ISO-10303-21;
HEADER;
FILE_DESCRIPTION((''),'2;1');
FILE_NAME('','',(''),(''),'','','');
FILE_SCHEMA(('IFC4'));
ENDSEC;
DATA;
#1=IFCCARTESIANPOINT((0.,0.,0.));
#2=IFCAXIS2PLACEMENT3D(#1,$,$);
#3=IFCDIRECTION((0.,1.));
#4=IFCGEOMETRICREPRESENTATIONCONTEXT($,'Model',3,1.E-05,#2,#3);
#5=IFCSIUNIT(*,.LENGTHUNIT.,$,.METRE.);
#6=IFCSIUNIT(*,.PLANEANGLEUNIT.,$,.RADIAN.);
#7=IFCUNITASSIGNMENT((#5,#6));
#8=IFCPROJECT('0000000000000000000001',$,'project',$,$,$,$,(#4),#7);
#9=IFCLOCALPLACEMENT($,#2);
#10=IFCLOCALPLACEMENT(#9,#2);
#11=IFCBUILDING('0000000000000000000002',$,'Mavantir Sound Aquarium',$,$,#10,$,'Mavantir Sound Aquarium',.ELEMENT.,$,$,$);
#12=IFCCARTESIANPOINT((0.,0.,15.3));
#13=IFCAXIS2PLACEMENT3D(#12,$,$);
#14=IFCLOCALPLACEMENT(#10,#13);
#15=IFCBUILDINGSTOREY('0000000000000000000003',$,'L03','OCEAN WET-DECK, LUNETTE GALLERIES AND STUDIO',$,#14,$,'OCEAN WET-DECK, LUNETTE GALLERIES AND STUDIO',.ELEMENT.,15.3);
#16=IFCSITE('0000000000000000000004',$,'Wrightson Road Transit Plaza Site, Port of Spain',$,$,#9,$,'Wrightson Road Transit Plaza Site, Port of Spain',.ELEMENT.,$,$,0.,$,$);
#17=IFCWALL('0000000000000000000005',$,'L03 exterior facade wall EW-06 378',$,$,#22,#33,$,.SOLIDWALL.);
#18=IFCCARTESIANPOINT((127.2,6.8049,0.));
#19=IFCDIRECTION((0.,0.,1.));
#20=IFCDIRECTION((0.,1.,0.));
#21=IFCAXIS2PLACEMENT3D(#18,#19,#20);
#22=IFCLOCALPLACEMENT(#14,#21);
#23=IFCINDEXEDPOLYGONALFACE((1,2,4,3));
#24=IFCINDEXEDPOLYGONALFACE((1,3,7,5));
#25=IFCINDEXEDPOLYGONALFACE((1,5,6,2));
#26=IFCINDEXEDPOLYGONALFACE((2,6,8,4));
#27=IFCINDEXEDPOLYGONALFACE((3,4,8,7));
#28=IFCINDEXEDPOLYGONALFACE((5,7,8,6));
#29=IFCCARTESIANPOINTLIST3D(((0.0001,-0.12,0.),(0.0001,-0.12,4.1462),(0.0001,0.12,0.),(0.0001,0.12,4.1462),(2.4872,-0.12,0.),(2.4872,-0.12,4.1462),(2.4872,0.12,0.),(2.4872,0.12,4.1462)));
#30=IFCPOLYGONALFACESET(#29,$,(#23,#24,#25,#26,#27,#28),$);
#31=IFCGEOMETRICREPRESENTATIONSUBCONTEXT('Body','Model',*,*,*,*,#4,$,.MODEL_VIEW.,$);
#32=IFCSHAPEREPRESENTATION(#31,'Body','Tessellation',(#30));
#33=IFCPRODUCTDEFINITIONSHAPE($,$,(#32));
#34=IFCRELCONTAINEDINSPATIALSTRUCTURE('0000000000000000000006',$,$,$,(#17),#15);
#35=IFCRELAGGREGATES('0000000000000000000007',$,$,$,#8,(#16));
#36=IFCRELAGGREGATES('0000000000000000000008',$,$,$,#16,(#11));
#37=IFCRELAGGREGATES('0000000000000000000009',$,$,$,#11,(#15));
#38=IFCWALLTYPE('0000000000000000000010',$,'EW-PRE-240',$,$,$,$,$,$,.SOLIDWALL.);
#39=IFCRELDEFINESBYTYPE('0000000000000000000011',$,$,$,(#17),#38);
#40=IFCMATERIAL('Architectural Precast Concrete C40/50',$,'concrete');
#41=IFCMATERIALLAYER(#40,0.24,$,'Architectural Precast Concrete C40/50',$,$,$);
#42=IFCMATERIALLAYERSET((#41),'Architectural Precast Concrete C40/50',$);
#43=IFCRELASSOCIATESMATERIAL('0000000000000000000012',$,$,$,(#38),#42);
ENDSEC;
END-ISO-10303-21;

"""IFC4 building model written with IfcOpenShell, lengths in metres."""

from ifc_helpers import new_model, si_unit, direction, frame, frame_2d, origin, place, context, subcontext, project, spatial, rectangle, extrude, material, layer, layer_set, type_object, element, save


model = new_model("IFC4")

# Units and contexts
model_context = context("Model", 3, precision=1e-05, world=origin(), true_north=direction((0.0, 1.0)))
body_context = subcontext(model_context, "Body", "Model", "MODEL_VIEW")
ifc_project = project(units=[si_unit("LENGTHUNIT", "METRE"), si_unit("PLANEANGLEUNIT", "RADIAN")], contexts=[model_context])

# Site, building, storey
site_placement = place(None, origin())
site = spatial("IfcSite", under=ifc_project, at=site_placement, Name="Wrightson Road Transit Plaza Site, Port of Spain", LongName="Wrightson Road Transit Plaza Site, Port of Spain", CompositionType="ELEMENT", RefElevation=0.0)
building_placement = place(site_placement, origin())
building = spatial("IfcBuilding", under=site, at=building_placement, Name="Mavantir Sound Aquarium", LongName="Mavantir Sound Aquarium", CompositionType="ELEMENT")
storey_placement = place(building_placement, frame((0.0, 0.0, 15.3)))
storey = spatial("IfcBuildingStorey", under=building, at=storey_placement, Name="L03", Description="OCEAN WET-DECK, LUNETTE GALLERIES AND STUDIO", LongName="OCEAN WET-DECK, LUNETTE GALLERIES AND STUDIO", CompositionType="ELEMENT", Elevation=15.3)

# Wall
ifc_material_1 = material(Name="Architectural Precast Concrete C40/50", Category="concrete")
ifc_layer_1 = layer(ifc_material_1, 0.24, Name="Architectural Precast Concrete C40/50")
ifc_layer_set_1 = layer_set([ifc_layer_1], Name="Architectural Precast Concrete C40/50")
wall_type_1 = type_object("IfcWallType", Name="EW-PRE-240", PredefinedType="SOLIDWALL", material=ifc_layer_set_1)
wall_1_placement = place(storey_placement, frame((127.2, 6.8049, 0.0), z_axis=(0.0, 0.0, 1.0), x_axis=(0.0, 1.0, 0.0)))
element("IfcWall", 1, at=wall_1_placement, inside=storey, type_object=wall_type_1, Name="L03 exterior facade wall EW-06 378", PredefinedType="SOLIDWALL", context=body_context, shape_type="SweptSolid", body=[
    extrude(rectangle(XDim=2.4871, YDim=0.24, at=frame_2d((1.2437, 0.0))), origin(), (0.0, 0.0, 1.0), 4.1462),
])

save(model, "model.ifc")
